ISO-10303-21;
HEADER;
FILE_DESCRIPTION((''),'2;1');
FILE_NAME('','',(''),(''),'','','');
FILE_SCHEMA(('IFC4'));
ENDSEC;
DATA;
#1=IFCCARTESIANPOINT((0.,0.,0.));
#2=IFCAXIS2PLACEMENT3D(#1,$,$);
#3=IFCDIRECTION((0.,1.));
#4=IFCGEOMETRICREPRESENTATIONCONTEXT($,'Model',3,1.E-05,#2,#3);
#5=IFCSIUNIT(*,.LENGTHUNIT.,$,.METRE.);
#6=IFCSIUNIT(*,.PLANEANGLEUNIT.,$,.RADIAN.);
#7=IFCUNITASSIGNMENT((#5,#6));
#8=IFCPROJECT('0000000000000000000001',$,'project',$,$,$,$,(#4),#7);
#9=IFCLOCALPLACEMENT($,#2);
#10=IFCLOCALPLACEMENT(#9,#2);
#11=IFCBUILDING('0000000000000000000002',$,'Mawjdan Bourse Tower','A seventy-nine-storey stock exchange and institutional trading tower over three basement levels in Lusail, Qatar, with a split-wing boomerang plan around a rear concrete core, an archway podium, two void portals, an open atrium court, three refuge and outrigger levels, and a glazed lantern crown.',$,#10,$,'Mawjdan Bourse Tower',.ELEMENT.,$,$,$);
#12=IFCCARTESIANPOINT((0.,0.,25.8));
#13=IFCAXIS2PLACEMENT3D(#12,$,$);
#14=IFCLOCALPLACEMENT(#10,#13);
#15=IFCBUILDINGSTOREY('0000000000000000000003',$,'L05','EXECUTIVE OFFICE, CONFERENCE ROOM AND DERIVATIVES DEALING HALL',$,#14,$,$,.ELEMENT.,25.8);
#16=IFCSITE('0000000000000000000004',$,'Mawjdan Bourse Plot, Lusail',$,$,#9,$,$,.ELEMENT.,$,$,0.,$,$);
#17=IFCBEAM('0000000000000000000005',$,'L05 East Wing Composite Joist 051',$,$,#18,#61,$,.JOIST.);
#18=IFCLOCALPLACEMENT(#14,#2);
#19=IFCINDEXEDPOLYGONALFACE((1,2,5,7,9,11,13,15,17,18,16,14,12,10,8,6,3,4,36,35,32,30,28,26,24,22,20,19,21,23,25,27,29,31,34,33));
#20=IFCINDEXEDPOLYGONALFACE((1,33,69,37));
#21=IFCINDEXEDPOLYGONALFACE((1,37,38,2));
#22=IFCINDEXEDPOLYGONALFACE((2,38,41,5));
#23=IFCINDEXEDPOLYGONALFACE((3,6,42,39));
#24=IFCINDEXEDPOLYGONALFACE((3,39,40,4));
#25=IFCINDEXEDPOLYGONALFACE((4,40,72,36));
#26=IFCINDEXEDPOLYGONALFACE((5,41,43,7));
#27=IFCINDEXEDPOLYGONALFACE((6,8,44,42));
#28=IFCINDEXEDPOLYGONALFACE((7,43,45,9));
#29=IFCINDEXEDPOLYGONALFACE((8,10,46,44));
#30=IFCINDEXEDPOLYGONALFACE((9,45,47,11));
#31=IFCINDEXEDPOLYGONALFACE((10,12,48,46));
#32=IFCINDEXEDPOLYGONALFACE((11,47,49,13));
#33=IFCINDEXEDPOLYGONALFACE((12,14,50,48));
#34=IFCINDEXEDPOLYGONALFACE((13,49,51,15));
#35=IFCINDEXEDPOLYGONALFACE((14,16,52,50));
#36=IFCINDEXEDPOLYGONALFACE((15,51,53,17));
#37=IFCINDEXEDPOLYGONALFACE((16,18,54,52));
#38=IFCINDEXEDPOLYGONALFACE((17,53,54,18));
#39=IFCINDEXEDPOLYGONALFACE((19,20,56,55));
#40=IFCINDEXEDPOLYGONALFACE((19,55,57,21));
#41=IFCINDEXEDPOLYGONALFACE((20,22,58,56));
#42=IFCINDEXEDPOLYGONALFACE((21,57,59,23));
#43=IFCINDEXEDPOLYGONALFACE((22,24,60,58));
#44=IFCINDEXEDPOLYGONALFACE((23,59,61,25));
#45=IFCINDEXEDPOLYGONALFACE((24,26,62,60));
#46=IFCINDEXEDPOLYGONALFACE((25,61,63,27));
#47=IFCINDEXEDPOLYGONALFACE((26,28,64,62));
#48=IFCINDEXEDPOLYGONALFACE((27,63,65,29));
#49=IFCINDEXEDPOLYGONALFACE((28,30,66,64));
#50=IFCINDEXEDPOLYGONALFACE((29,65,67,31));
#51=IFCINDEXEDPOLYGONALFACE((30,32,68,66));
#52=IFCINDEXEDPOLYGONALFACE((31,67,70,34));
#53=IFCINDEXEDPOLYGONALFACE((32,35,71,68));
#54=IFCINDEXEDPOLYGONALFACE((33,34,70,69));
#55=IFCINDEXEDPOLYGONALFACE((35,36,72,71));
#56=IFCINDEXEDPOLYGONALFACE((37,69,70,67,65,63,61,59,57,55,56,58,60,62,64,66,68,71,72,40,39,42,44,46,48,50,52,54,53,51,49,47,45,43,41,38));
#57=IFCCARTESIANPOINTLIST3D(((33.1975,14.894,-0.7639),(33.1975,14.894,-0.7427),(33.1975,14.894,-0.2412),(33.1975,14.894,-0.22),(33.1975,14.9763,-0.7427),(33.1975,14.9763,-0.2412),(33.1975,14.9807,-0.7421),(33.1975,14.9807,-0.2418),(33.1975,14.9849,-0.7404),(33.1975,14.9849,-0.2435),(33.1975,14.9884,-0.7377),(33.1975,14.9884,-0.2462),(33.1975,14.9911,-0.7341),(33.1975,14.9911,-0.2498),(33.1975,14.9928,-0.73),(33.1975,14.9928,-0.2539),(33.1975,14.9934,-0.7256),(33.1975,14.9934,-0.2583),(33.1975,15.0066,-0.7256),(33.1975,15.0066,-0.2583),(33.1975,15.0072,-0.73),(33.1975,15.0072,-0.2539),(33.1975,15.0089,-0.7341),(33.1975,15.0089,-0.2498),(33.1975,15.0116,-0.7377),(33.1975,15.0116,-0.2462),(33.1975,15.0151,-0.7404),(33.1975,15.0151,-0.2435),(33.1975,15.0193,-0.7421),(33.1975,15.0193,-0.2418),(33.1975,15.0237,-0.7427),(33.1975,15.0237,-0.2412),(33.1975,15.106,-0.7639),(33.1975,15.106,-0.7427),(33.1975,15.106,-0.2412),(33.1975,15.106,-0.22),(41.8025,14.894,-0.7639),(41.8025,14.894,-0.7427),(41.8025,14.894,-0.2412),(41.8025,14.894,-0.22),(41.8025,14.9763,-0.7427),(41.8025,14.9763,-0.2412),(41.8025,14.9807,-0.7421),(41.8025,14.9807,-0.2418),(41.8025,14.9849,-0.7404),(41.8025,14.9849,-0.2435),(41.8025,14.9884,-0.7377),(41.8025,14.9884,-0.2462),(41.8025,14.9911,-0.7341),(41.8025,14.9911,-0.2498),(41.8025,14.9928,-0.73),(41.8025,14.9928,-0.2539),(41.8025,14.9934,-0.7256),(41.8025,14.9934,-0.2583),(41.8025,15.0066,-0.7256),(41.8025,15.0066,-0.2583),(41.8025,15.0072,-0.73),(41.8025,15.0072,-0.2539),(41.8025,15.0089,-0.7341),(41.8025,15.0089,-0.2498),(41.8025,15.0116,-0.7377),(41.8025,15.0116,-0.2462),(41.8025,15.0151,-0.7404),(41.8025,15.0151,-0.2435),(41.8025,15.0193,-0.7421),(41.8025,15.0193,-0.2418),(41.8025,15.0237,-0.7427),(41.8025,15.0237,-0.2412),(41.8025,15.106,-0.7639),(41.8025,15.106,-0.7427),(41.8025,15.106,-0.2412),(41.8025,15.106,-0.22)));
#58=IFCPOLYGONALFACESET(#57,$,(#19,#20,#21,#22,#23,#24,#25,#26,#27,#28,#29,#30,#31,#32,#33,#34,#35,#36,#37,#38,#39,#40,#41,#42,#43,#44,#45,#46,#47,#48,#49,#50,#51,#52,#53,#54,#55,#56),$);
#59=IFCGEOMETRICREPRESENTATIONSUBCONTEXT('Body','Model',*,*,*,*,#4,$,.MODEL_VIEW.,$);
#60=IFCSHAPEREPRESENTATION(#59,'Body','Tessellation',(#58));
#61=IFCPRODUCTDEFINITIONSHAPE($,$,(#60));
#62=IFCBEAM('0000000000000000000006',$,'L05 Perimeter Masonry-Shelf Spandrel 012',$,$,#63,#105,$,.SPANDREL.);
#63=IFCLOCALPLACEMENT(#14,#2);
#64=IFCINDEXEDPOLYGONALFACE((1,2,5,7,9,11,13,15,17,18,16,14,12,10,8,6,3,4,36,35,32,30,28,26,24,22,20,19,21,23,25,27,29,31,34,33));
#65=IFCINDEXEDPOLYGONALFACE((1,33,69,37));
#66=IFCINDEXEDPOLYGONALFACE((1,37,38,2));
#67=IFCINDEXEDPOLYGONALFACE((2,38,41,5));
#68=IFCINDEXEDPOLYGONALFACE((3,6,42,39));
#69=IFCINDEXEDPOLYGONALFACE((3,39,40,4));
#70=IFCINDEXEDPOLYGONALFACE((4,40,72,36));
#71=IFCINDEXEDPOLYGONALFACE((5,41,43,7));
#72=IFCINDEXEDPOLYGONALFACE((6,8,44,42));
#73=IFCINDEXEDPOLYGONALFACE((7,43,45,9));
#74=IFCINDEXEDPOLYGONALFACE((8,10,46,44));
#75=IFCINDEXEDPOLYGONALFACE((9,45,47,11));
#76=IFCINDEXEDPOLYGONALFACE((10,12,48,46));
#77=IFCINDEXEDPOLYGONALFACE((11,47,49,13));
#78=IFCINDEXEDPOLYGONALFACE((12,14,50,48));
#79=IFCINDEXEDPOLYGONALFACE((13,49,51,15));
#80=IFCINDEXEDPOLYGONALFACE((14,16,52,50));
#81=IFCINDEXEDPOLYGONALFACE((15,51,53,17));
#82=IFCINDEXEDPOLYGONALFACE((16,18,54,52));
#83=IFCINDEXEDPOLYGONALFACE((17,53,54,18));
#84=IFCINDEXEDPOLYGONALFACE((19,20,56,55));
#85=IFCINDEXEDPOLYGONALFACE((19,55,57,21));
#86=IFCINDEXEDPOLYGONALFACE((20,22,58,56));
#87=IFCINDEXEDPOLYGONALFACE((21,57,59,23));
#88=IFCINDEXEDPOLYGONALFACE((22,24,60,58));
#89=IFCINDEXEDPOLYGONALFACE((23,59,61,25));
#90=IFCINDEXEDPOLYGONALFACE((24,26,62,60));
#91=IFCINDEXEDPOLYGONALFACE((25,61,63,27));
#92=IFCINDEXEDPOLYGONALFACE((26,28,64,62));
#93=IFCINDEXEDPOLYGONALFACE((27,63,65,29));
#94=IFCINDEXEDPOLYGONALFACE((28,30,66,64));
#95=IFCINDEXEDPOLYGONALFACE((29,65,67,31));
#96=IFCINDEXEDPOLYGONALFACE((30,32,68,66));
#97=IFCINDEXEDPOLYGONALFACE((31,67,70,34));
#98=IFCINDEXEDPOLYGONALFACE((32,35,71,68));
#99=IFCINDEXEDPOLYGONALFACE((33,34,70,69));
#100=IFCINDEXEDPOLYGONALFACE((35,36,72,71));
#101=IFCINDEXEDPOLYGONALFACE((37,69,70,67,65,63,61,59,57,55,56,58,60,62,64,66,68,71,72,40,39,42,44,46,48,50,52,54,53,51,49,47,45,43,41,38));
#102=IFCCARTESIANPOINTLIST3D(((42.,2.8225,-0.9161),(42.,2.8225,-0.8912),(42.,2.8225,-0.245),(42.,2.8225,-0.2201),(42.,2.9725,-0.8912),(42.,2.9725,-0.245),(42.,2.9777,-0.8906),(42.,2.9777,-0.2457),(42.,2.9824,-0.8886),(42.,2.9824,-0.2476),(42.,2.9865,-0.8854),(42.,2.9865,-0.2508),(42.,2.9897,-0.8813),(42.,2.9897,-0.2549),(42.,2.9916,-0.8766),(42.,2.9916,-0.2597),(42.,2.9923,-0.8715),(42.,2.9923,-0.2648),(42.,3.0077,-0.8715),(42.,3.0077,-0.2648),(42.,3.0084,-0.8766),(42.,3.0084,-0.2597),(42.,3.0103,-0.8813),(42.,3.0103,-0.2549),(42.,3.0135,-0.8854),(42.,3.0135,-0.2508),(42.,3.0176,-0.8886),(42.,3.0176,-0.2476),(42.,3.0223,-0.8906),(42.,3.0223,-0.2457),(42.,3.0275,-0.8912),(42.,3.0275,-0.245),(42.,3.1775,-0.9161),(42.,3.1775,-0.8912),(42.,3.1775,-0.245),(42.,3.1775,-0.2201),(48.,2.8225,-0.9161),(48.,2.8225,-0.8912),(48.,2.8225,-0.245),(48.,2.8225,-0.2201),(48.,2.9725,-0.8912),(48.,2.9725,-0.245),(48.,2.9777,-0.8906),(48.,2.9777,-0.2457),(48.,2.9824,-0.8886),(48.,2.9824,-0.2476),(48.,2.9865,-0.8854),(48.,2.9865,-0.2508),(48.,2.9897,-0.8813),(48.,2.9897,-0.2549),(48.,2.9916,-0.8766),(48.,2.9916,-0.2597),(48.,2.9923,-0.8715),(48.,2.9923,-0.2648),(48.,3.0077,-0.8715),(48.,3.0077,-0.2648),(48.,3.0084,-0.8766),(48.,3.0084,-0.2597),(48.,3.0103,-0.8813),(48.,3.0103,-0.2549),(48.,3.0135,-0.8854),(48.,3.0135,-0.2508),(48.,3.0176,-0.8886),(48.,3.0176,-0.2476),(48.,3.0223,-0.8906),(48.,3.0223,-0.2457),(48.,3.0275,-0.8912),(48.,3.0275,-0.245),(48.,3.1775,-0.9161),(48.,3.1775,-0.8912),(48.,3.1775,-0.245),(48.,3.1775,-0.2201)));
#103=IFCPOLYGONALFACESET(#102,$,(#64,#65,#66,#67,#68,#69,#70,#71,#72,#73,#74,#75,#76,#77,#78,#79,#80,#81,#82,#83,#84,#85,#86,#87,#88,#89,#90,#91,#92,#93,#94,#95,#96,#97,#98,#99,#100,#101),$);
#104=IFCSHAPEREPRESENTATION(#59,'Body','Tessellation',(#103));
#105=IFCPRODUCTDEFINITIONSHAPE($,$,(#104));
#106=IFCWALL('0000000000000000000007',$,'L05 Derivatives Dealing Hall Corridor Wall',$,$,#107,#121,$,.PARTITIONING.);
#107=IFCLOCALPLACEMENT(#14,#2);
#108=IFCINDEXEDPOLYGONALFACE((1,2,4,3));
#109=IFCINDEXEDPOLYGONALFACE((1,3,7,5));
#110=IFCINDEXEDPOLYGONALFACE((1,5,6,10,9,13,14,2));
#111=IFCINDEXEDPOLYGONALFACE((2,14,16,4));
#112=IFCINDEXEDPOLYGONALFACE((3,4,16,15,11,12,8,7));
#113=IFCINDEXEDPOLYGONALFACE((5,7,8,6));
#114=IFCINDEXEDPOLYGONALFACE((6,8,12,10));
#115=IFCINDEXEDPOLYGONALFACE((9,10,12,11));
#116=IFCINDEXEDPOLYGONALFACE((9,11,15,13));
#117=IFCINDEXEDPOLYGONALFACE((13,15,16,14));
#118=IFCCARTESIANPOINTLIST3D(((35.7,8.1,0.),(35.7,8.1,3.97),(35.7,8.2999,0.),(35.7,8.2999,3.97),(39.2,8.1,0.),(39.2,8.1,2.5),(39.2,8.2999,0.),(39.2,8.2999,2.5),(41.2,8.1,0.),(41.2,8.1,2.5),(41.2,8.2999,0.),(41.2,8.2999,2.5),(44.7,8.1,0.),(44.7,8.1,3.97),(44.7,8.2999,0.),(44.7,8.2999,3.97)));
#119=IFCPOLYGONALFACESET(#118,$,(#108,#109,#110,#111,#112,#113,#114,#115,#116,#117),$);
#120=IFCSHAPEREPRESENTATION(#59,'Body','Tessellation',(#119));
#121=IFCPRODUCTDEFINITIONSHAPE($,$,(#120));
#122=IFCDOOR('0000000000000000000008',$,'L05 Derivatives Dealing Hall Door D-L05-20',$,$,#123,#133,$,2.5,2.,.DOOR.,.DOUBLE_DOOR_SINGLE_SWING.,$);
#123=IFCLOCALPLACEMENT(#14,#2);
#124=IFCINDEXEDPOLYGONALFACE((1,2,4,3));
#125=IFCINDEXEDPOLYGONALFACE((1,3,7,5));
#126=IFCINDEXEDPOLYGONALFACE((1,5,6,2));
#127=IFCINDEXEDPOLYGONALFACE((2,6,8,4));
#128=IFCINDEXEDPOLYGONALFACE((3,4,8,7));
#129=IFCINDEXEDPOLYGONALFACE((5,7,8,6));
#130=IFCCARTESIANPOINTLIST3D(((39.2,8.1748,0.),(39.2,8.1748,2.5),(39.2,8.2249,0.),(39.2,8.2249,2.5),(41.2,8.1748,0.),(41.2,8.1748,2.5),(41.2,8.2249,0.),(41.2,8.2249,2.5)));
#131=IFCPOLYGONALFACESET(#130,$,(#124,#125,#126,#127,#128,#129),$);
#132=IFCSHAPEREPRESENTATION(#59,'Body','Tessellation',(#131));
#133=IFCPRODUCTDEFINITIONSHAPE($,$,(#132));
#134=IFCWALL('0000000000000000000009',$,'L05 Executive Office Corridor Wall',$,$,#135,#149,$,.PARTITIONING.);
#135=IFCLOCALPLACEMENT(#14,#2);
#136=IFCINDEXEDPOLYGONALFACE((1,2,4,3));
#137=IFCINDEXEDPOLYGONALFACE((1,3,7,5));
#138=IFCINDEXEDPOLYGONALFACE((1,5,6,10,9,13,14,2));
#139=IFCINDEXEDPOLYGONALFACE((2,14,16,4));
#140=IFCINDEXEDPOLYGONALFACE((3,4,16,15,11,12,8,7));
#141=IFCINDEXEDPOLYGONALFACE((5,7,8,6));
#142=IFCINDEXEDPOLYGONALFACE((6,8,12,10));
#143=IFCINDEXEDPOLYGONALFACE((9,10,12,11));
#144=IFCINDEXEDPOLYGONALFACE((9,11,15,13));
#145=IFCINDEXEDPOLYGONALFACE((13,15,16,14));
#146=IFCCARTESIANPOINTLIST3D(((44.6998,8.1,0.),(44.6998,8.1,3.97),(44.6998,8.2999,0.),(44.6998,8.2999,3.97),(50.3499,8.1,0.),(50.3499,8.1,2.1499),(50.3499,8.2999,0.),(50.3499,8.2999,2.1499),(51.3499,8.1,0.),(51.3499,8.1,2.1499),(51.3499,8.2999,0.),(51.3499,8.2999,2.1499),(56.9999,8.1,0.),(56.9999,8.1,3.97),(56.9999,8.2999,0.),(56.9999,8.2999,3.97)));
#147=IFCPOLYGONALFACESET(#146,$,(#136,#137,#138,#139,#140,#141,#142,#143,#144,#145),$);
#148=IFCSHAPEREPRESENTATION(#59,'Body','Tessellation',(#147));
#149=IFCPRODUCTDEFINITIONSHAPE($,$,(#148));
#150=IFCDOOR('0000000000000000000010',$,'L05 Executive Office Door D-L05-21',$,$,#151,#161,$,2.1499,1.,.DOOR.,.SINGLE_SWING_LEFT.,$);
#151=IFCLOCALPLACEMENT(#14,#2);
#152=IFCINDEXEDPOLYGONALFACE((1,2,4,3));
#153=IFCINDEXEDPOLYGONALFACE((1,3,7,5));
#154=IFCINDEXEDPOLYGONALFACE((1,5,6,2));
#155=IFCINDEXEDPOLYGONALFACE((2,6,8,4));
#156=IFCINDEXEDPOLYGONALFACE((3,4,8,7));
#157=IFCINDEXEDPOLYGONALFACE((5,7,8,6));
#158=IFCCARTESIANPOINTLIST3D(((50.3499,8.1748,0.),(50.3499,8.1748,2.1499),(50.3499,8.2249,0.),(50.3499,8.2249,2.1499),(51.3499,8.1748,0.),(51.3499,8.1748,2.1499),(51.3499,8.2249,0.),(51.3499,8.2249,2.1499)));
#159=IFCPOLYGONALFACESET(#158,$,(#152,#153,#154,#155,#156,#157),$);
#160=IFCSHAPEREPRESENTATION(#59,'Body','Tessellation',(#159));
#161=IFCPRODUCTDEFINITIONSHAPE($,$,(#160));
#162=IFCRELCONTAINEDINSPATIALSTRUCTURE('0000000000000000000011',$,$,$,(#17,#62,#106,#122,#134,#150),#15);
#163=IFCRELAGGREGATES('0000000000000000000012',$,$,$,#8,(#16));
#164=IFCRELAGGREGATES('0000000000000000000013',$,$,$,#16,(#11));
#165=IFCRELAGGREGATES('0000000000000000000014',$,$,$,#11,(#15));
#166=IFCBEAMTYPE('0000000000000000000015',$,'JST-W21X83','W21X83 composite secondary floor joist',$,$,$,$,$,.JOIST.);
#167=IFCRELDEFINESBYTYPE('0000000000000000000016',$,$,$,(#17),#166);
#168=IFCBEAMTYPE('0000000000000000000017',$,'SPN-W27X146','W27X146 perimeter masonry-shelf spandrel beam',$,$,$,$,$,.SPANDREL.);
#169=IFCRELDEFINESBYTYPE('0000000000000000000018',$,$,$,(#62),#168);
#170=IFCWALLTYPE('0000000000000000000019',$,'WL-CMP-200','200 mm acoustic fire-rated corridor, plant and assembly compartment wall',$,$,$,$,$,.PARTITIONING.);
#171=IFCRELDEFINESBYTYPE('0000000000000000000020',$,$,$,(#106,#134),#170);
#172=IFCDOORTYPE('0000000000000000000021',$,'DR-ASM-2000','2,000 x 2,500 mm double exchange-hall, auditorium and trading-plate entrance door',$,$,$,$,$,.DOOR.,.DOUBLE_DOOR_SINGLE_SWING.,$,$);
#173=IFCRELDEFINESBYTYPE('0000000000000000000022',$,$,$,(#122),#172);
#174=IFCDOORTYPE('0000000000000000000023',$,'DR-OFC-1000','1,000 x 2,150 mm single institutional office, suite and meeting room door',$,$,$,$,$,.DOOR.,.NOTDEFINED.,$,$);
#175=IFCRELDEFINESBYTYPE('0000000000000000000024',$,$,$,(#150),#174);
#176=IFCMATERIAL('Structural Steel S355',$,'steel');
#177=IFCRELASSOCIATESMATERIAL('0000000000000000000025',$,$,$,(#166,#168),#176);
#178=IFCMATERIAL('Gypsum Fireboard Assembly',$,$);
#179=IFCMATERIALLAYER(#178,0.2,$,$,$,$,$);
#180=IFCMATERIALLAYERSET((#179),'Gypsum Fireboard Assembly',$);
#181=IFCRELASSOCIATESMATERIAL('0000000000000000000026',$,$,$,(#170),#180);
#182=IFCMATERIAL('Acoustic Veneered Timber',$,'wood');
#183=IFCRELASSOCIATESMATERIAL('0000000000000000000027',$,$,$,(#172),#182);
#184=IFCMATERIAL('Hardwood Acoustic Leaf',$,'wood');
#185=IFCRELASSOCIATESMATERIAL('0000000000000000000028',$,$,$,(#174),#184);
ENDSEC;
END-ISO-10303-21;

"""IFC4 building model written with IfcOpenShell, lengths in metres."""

from ifc_helpers import new_model, si_unit, direction, frame, frame_2d, origin, origin_2d, place, context, subcontext, project, spatial, rectangle, i_section, extrude, material, layer, layer_set, material_profile, profile_set, type_object, element, fill, save


model = new_model("IFC4")

# Units and contexts
model_context = context("Model", 3, precision=1e-05, world=origin(), true_north=direction((0.0, 1.0)))
body_context = subcontext(model_context, "Body", "Model", "MODEL_VIEW")
ifc_project = project(units=[si_unit("LENGTHUNIT", "METRE"), si_unit("PLANEANGLEUNIT", "RADIAN")], contexts=[model_context])

# Site, building, storey
site_placement = place(None, origin())
site = spatial("IfcSite", under=ifc_project, at=site_placement, Name="Mawjdan Bourse Plot, Lusail", CompositionType="ELEMENT", RefElevation=0.0)
building_placement = place(site_placement, origin())
building = spatial("IfcBuilding", under=site, at=building_placement, Name="Mawjdan Bourse Tower", Description="A seventy-nine-storey stock exchange and institutional trading tower over three basement levels in Lusail, Qatar, with a split-wing boomerang plan around a rear concrete core, an archway podium, two void portals, an open atrium court, three refuge and outrigger levels, and a glazed lantern crown.", LongName="Mawjdan Bourse Tower", CompositionType="ELEMENT")
storey_placement = place(building_placement, frame((0.0, 0.0, 25.8)))
storey = spatial("IfcBuildingStorey", under=building, at=storey_placement, Name="L05", Description="EXECUTIVE OFFICE, CONFERENCE ROOM AND DERIVATIVES DEALING HALL", CompositionType="ELEMENT", Elevation=25.8)

# Beams
ifc_material_1 = material(Name="Structural Steel S355", Category="steel")
ifc_material_profile_1 = material_profile(ifc_material_1, i_section(OverallWidth=0.2119, OverallDepth=0.5439, WebThickness=0.0132, FlangeThickness=0.0212, FilletRadius=0.0171, at=origin_2d()), Name="W21X83")
ifc_profile_set_1 = profile_set([ifc_material_profile_1], Name="Structural Steel S355")
beam_type_1 = type_object("IfcBeamType", Name="JST-W21X83", Description="W21X83 composite secondary floor joist", PredefinedType="JOIST", material=ifc_profile_set_1)
beam_1_placement = place(storey_placement, frame((33.1975, 15.0, -0.4919), z_axis=(1.0, 0.0, 0.0), x_axis=(0.0, 1.0, 0.0)))
element("IfcBeam", 1, at=beam_1_placement, inside=storey, type_object=beam_type_1, Name="L05 East Wing Composite Joist 051", PredefinedType="JOIST", context=body_context, shape_type="SweptSolid", body=[
    extrude(i_section(OverallWidth=0.2119, OverallDepth=0.5439, WebThickness=0.0132, FlangeThickness=0.0212, FilletRadius=0.0171, at=origin_2d()), origin(), (0.0, 0.0, 1.0), 8.605),
])
ifc_material_profile_2 = material_profile(ifc_material_1, i_section(OverallWidth=0.355, OverallDepth=0.696, WebThickness=0.0154, FlangeThickness=0.0249, FilletRadius=0.0198, at=origin_2d()), Name="W27X146")
ifc_profile_set_2 = profile_set([ifc_material_profile_2], Name="Structural Steel S355")
beam_type_2 = type_object("IfcBeamType", Name="SPN-W27X146", Description="W27X146 perimeter masonry-shelf spandrel beam", PredefinedType="SPANDREL", material=ifc_profile_set_2)
beam_2_placement = place(storey_placement, frame((42.0, 3.0, -0.5681), z_axis=(1.0, 0.0, 0.0), x_axis=(0.0, 1.0, 0.0)))
element("IfcBeam", 2, at=beam_2_placement, inside=storey, type_object=beam_type_2, Name="L05 Perimeter Masonry-Shelf Spandrel 012", PredefinedType="SPANDREL", context=body_context, shape_type="SweptSolid", body=[
    extrude(i_section(OverallWidth=0.355, OverallDepth=0.696, WebThickness=0.0154, FlangeThickness=0.0249, FilletRadius=0.0198, at=origin_2d()), origin(), (0.0, 0.0, 1.0), 6.0),
])

# Walls, openings, doors
ifc_material_2 = material(Name="Gypsum Fireboard Assembly")
ifc_layer_1 = layer(ifc_material_2, 0.2)
ifc_layer_set_1 = layer_set([ifc_layer_1], Name="Gypsum Fireboard Assembly")
wall_type_1 = type_object("IfcWallType", Name="WL-CMP-200", Description="200 mm acoustic fire-rated corridor, plant and assembly compartment wall", PredefinedType="PARTITIONING", material=ifc_layer_set_1)
wall_1_placement = place(storey_placement, frame((35.7, 8.2, 0.0), z_axis=(0.0, 0.0, 1.0), x_axis=(1.0, 0.0, 0.0)))
wall_1 = element("IfcWall", 3, at=wall_1_placement, inside=storey, type_object=wall_type_1, Name="L05 Derivatives Dealing Hall Corridor Wall", PredefinedType="PARTITIONING", context=body_context, shape_type="SweptSolid", body=[
    extrude(rectangle(XDim=9.0, YDim=0.2, at=frame_2d((4.5, 0.0))), origin(), (0.0, 0.0, 1.0), 3.97),
])
opening_1_placement = place(wall_1_placement, frame((3.5, 0.0, 0.0)))
opening_1 = element("IfcOpeningElement", 4, at=opening_1_placement, cuts=wall_1, PredefinedType="OPENING", context=body_context, shape_type="SweptSolid", body=[
    extrude(rectangle(XDim=2.0, YDim=2.5, at=frame_2d((1.0, 1.25))), frame((0.0, 0.1099, 0.0), z_axis=(0.0, -1.0, 0.0), x_axis=(1.0, 0.0, 0.0)), (0.0, 0.0, 1.0), 0.22),
])
ifc_material_3 = material(Name="Acoustic Veneered Timber", Category="wood")
door_type_1 = type_object("IfcDoorType", Name="DR-ASM-2000", Description="2,000 x 2,500 mm double exchange-hall, auditorium and trading-plate entrance door", OperationType="DOUBLE_DOOR_SINGLE_SWING", PredefinedType="DOOR", material=ifc_material_3)
door_1_placement = place(opening_1_placement, origin())
door_1 = element("IfcDoor", 5, at=door_1_placement, inside=storey, type_object=door_type_1, Name="L05 Derivatives Dealing Hall Door D-L05-20", OperationType="DOUBLE_DOOR_SINGLE_SWING", OverallHeight=2.5, OverallWidth=2.0, PredefinedType="DOOR", context=body_context, shape_type="SweptSolid", body=[
    extrude(rectangle(XDim=2.0, YDim=2.5, at=frame_2d((1.0, 1.25))), frame((0.0, 0.0249, 0.0), z_axis=(0.0, -1.0, 0.0), x_axis=(1.0, 0.0, 0.0)), (0.0, 0.0, 1.0), 0.05),
])
fill(opening_1, door_1)
wall_2_placement = place(storey_placement, frame((44.7, 8.2, 0.0), z_axis=(0.0, 0.0, 1.0), x_axis=(1.0, 0.0, 0.0)))
wall_2 = element("IfcWall", 6, at=wall_2_placement, inside=storey, type_object=wall_type_1, Name="L05 Executive Office Corridor Wall", PredefinedType="PARTITIONING", context=body_context, shape_type="SweptSolid", body=[
    extrude(rectangle(XDim=12.3, YDim=0.2, at=frame_2d((6.1499, 0.0))), origin(), (0.0, 0.0, 1.0), 3.97),
])
opening_2_placement = place(wall_2_placement, frame((5.6499, 0.0, 0.0)))
opening_2 = element("IfcOpeningElement", 7, at=opening_2_placement, cuts=wall_2, PredefinedType="OPENING", context=body_context, shape_type="SweptSolid", body=[
    extrude(rectangle(XDim=1.0, YDim=2.1499, at=frame_2d((0.5, 1.075))), frame((0.0, 0.1099, 0.0), z_axis=(0.0, -1.0, 0.0), x_axis=(1.0, 0.0, 0.0)), (0.0, 0.0, 1.0), 0.22),
])
ifc_material_4 = material(Name="Hardwood Acoustic Leaf", Category="wood")
door_type_2 = type_object("IfcDoorType", Name="DR-OFC-1000", Description="1,000 x 2,150 mm single institutional office, suite and meeting room door", OperationType="NOTDEFINED", PredefinedType="DOOR", material=ifc_material_4)
door_2_placement = place(opening_2_placement, origin())
door_2 = element("IfcDoor", 8, at=door_2_placement, inside=storey, type_object=door_type_2, Name="L05 Executive Office Door D-L05-21", OperationType="SINGLE_SWING_LEFT", OverallHeight=2.1499, OverallWidth=1.0, PredefinedType="DOOR", context=body_context, shape_type="SweptSolid", body=[
    extrude(rectangle(XDim=1.0, YDim=2.1499, at=frame_2d((0.5, 1.075))), frame((0.0, 0.0249, 0.0), z_axis=(0.0, -1.0, 0.0), x_axis=(1.0, 0.0, 0.0)), (0.0, 0.0, 1.0), 0.05),
])
fill(opening_2, door_2)

save(model, "model.ifc")
